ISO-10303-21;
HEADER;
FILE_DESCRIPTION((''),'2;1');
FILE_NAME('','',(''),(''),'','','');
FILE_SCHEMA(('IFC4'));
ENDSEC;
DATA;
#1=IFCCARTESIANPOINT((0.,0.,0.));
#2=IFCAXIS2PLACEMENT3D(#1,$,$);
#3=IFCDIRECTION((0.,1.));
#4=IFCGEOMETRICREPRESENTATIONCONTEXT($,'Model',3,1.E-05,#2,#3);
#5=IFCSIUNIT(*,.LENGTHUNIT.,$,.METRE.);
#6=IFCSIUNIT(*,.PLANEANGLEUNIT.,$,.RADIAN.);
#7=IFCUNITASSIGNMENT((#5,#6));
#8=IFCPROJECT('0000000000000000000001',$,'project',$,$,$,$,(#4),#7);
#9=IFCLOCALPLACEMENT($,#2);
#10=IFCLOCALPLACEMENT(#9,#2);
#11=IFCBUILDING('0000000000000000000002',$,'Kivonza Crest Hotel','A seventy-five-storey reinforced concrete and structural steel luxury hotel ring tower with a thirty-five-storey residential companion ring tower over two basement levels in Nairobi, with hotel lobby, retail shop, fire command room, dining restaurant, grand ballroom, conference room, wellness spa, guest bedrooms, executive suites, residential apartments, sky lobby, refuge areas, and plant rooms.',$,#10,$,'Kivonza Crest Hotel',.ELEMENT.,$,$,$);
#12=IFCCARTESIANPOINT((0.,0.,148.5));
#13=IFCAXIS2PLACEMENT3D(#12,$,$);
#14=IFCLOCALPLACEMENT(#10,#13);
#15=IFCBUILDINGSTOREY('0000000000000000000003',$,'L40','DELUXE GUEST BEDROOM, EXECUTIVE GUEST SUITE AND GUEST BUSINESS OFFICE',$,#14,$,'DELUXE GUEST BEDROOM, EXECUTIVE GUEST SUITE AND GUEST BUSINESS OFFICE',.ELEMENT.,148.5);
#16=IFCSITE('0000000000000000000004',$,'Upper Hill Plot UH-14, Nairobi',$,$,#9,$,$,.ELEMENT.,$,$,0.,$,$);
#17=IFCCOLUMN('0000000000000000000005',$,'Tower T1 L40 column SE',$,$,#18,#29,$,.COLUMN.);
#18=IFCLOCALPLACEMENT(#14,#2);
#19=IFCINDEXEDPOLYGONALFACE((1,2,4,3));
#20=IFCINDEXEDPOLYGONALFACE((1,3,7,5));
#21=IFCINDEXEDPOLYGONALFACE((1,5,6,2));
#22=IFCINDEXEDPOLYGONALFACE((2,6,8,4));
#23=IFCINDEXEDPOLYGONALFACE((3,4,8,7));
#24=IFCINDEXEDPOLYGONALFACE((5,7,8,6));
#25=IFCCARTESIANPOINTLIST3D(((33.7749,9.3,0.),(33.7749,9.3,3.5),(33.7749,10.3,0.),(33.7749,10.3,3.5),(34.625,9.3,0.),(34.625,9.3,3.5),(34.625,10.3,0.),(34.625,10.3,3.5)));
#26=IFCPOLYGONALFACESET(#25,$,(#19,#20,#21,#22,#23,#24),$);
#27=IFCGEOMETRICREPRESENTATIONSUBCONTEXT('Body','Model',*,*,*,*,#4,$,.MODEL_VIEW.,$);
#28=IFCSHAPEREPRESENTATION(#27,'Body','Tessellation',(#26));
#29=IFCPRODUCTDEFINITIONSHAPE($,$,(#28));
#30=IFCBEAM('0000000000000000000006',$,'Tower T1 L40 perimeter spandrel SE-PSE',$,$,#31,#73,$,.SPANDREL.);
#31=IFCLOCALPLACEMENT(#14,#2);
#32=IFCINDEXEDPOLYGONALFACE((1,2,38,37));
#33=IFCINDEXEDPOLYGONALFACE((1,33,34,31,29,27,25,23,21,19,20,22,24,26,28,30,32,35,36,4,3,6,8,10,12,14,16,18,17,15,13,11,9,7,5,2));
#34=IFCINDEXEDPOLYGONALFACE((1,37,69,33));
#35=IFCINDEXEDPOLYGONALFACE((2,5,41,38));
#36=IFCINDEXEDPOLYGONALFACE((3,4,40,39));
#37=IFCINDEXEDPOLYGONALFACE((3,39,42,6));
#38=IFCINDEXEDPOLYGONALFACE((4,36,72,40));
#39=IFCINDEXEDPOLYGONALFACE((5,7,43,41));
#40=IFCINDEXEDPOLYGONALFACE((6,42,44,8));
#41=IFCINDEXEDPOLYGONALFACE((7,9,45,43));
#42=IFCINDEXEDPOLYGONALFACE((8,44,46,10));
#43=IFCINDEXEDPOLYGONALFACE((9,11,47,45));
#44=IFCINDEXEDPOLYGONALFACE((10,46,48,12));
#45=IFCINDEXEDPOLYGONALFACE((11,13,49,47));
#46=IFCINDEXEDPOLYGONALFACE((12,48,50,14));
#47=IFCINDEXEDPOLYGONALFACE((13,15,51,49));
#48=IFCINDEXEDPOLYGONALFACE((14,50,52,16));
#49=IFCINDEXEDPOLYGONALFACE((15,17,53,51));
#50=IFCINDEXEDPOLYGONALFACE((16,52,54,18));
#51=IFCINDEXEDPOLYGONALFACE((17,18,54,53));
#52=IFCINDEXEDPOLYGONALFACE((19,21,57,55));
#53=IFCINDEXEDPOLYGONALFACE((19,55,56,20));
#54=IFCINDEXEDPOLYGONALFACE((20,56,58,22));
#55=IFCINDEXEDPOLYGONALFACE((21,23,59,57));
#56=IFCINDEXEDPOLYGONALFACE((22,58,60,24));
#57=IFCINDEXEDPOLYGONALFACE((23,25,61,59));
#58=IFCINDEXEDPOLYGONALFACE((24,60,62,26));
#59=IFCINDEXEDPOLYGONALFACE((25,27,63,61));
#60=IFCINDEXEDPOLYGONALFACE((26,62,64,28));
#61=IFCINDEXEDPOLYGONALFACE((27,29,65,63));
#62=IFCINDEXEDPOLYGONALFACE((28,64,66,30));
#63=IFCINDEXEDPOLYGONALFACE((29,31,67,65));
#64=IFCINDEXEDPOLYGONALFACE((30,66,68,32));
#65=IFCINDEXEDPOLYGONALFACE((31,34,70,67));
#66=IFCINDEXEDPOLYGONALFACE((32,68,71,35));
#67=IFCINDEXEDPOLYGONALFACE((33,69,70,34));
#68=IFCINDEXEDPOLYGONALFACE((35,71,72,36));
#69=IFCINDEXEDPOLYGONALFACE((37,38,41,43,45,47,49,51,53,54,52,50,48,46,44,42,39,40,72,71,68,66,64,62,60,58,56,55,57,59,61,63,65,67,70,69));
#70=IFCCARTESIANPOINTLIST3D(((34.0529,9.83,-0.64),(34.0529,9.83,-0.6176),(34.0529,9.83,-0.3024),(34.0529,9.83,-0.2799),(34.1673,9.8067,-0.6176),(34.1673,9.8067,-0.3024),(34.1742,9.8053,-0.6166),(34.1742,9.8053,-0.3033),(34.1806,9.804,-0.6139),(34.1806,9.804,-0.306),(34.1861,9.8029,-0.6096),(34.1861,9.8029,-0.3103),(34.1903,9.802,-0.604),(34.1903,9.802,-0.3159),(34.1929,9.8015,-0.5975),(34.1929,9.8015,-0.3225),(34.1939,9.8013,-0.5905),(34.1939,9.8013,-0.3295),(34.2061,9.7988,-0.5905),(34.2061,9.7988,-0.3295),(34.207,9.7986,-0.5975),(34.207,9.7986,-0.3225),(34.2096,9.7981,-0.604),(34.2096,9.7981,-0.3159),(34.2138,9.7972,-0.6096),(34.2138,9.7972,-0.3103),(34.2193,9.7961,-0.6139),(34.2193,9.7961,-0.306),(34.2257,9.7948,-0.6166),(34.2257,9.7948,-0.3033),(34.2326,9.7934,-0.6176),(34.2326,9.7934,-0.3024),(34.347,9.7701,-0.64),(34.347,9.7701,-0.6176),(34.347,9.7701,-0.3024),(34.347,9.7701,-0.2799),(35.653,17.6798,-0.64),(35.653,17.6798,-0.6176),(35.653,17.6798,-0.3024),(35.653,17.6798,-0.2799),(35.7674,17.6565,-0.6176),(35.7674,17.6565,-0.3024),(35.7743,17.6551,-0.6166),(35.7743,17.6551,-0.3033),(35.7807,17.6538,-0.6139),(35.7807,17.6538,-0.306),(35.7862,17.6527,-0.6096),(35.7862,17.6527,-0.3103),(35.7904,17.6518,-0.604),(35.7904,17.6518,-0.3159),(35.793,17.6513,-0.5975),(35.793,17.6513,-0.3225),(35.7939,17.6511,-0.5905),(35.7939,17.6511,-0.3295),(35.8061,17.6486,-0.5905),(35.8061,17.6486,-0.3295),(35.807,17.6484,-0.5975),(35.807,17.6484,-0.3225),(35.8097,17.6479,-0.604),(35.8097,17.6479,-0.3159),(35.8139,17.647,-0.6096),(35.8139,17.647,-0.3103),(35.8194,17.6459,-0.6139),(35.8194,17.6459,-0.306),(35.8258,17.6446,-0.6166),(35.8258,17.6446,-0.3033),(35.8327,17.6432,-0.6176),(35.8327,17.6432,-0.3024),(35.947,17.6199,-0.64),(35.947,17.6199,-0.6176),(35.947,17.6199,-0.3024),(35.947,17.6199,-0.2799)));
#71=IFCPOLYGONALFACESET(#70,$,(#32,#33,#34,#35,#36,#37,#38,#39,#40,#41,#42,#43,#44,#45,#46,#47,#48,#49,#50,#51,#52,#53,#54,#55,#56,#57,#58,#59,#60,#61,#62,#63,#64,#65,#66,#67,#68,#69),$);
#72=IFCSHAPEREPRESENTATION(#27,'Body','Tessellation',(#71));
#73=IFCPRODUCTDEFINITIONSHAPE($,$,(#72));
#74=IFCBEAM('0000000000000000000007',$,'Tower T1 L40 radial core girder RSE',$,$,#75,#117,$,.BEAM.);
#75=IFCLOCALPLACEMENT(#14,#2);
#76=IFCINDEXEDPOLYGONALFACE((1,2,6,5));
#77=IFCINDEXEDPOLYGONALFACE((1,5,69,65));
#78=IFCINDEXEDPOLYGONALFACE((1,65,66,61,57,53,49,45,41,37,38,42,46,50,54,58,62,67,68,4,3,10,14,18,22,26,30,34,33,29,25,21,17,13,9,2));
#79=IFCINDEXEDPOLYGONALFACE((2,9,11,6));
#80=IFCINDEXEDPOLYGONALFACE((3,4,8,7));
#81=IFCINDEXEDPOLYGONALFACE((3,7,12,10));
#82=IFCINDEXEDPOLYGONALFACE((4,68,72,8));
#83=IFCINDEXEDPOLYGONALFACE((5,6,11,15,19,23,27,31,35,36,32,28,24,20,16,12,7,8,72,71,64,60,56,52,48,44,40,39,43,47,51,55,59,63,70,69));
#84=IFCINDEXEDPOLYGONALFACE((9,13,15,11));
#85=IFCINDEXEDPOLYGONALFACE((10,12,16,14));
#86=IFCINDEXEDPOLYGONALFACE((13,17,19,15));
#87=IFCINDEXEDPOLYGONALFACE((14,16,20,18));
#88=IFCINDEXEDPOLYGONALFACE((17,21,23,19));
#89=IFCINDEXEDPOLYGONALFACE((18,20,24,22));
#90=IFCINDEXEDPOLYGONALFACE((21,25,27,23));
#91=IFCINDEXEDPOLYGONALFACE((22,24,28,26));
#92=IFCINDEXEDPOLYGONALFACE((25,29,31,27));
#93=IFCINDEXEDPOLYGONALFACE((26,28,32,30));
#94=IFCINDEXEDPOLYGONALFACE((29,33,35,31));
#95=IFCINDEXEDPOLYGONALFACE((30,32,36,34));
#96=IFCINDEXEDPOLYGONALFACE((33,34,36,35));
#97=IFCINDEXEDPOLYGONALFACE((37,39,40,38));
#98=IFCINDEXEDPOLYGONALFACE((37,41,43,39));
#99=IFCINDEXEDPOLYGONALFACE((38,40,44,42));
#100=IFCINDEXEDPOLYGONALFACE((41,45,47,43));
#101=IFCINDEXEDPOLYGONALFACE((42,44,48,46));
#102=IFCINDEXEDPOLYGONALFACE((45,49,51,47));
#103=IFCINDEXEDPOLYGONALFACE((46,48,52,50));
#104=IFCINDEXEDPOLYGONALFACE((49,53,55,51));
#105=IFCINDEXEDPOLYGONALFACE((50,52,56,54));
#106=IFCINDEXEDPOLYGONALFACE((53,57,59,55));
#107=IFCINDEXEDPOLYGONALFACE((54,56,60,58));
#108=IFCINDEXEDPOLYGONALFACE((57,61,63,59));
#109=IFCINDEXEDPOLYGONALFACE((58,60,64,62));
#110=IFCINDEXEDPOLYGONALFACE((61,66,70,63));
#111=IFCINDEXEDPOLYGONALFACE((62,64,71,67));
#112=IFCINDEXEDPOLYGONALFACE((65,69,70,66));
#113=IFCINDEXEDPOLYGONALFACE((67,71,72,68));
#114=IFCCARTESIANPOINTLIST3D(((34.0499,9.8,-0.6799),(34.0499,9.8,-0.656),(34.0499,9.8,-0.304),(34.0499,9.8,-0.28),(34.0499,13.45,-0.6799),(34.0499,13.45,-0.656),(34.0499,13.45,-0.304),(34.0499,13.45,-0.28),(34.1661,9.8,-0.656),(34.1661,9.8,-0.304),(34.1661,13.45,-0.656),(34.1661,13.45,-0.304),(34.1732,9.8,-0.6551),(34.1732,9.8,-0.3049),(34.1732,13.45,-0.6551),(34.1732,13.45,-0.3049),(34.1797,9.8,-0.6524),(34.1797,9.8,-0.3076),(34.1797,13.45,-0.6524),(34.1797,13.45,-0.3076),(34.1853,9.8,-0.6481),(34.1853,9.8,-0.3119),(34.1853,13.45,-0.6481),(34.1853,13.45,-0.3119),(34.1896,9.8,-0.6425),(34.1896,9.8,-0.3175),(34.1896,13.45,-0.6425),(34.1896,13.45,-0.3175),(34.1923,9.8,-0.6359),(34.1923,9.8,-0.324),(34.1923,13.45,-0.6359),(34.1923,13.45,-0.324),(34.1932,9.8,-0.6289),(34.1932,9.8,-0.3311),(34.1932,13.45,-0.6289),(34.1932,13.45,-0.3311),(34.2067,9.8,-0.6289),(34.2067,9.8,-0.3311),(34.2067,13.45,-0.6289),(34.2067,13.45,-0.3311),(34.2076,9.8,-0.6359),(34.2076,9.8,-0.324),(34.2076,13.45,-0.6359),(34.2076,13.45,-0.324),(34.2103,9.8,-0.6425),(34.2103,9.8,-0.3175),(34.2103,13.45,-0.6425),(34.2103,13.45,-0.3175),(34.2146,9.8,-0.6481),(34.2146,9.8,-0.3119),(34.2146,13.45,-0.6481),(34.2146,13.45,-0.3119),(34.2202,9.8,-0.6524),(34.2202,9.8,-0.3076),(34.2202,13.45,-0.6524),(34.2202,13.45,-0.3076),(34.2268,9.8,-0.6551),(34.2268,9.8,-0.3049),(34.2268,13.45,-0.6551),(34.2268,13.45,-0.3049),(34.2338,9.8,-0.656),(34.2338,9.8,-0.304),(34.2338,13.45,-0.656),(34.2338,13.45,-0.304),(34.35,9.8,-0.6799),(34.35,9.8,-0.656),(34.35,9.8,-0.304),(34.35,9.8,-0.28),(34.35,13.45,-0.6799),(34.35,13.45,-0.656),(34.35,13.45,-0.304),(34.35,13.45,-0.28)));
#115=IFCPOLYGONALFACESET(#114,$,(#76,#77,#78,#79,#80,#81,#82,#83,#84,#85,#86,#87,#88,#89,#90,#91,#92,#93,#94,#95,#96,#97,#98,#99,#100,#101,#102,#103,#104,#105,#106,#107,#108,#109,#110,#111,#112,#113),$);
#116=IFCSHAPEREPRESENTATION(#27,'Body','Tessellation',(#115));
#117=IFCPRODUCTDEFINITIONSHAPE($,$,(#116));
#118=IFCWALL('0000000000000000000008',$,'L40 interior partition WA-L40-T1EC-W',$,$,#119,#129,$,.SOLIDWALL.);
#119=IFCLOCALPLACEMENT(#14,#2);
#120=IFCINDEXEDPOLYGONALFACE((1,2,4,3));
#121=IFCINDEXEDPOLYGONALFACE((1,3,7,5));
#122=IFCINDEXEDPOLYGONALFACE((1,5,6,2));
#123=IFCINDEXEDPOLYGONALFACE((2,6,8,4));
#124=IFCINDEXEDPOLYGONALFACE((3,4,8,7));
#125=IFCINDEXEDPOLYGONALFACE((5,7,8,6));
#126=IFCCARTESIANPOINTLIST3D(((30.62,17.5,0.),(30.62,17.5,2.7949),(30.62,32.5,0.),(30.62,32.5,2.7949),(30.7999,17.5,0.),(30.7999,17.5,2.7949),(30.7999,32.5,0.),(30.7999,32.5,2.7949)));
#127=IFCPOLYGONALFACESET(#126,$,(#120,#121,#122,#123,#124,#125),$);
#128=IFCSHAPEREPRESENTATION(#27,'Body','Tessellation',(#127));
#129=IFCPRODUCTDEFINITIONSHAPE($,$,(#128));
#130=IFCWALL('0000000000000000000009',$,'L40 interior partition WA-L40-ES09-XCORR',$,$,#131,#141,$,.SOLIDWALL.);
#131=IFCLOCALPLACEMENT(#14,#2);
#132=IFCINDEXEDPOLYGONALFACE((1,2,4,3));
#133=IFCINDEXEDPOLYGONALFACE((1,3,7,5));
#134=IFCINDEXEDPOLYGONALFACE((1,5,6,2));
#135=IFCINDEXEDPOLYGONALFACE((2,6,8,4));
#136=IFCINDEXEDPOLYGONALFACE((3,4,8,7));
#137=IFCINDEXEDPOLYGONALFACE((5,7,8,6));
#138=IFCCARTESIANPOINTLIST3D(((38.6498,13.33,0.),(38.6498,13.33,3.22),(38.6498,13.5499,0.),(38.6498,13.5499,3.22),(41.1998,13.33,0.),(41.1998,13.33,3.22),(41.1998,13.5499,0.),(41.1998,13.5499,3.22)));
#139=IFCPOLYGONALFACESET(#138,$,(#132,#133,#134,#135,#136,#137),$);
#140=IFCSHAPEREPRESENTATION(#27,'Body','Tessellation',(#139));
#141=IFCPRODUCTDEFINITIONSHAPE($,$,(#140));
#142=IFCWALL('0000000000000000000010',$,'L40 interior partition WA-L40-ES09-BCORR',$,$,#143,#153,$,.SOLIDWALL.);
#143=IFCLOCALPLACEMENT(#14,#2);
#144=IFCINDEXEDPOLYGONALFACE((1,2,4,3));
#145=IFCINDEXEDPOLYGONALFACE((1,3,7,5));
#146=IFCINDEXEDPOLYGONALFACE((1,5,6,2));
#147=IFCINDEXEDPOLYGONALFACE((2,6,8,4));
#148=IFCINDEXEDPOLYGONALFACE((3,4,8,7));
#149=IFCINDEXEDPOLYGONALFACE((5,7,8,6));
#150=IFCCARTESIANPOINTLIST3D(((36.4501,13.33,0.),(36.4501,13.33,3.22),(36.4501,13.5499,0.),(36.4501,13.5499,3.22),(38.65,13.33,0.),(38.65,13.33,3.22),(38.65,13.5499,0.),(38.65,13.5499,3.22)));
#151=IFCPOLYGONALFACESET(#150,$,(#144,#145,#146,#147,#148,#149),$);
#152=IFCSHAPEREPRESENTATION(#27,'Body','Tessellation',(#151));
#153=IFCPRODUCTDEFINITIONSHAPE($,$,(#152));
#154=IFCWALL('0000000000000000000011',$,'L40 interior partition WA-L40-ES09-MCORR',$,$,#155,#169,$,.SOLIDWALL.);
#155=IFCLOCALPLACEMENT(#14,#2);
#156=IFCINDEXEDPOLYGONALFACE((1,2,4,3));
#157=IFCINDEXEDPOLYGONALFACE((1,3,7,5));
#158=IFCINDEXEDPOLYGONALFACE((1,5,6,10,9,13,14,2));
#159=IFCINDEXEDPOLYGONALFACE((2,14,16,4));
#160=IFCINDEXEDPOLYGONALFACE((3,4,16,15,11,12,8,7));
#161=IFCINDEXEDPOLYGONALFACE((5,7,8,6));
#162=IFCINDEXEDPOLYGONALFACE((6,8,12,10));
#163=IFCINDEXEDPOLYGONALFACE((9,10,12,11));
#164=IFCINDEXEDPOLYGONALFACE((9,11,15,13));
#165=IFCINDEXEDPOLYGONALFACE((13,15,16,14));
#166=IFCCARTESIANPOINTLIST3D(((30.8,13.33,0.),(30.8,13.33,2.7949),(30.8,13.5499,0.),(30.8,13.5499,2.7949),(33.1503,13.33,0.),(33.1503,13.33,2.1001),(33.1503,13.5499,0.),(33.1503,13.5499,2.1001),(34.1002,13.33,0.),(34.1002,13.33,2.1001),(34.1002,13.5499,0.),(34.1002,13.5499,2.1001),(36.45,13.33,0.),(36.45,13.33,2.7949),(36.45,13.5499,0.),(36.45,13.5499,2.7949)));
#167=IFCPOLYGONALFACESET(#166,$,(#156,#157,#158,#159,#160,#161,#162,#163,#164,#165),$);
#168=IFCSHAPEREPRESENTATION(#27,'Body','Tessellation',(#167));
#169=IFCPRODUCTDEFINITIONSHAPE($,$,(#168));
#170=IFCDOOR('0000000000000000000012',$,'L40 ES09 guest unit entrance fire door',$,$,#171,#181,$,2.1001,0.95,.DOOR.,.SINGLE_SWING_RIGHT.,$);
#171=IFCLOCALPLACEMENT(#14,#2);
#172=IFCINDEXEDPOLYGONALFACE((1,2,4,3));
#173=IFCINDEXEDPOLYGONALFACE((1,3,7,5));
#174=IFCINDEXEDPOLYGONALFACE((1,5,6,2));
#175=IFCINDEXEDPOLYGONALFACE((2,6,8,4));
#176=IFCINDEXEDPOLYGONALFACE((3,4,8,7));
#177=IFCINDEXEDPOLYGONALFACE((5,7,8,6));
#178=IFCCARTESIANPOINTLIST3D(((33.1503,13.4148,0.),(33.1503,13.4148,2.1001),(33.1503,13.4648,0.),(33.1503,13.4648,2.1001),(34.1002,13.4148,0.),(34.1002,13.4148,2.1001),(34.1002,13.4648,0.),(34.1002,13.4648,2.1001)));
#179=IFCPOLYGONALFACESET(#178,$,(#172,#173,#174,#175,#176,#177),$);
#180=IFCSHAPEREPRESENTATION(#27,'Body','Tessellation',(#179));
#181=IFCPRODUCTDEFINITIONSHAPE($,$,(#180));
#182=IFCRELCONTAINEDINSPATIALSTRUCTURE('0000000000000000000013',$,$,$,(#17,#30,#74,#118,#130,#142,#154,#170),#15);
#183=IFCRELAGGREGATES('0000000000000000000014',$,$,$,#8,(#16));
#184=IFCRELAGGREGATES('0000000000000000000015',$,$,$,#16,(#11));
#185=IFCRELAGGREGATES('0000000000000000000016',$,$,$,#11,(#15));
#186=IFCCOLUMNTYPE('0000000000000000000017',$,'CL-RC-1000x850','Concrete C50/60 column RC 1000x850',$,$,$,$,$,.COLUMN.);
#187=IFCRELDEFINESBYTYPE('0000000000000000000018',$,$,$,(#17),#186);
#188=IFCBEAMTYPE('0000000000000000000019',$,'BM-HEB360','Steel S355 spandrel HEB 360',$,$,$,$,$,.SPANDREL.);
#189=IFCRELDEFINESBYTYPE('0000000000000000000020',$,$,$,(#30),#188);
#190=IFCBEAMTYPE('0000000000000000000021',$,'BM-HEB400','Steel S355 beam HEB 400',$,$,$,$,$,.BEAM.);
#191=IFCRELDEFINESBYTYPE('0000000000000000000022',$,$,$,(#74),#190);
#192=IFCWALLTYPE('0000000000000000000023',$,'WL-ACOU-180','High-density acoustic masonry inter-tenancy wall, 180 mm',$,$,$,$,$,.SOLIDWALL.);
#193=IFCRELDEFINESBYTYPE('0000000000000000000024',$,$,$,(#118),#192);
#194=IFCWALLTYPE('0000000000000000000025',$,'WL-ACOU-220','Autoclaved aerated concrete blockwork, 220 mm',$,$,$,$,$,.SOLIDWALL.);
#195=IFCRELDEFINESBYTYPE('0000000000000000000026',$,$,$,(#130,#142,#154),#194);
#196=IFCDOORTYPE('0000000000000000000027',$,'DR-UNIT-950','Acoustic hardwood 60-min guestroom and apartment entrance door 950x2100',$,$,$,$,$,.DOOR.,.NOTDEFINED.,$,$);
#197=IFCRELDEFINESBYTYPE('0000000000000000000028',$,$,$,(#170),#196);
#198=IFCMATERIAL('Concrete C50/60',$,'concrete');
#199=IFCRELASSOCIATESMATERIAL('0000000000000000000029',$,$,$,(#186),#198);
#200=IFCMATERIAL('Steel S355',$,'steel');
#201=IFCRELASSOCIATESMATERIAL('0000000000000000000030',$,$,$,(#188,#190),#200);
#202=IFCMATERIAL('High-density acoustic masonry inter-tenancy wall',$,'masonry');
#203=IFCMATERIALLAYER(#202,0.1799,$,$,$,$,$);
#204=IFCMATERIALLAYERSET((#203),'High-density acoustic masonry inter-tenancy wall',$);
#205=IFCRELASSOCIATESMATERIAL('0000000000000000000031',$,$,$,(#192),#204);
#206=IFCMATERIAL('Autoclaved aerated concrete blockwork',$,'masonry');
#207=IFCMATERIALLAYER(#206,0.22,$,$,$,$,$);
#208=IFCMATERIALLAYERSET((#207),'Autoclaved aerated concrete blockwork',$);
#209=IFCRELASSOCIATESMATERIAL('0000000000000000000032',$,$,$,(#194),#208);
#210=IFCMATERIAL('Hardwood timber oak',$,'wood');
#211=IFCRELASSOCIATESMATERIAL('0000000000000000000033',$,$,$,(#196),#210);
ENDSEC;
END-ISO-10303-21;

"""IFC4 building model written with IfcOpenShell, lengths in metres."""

from ifc_helpers import new_model, si_unit, direction, frame, frame_2d, origin, origin_2d, place, context, subcontext, project, spatial, rectangle, i_section, extrude, material, layer, layer_set, material_profile, profile_set, type_object, element, fill, save


model = new_model("IFC4")

# Units and contexts
model_context = context("Model", 3, precision=1e-05, world=origin(), true_north=direction((0.0, 1.0)))
body_context = subcontext(model_context, "Body", "Model", "MODEL_VIEW")
ifc_project = project(units=[si_unit("LENGTHUNIT", "METRE"), si_unit("PLANEANGLEUNIT", "RADIAN")], contexts=[model_context])

# Site, building, storey
site_placement = place(None, origin())
site = spatial("IfcSite", under=ifc_project, at=site_placement, Name="Upper Hill Plot UH-14, Nairobi", CompositionType="ELEMENT", RefElevation=0.0)
building_placement = place(site_placement, origin())
building = spatial("IfcBuilding", under=site, at=building_placement, Name="Kivonza Crest Hotel", Description="A seventy-five-storey reinforced concrete and structural steel luxury hotel ring tower with a thirty-five-storey residential companion ring tower over two basement levels in Nairobi, with hotel lobby, retail shop, fire command room, dining restaurant, grand ballroom, conference room, wellness spa, guest bedrooms, executive suites, residential apartments, sky lobby, refuge areas, and plant rooms.", LongName="Kivonza Crest Hotel", CompositionType="ELEMENT")
storey_placement = place(building_placement, frame((0.0, 0.0, 148.5)))
storey = spatial("IfcBuildingStorey", under=building, at=storey_placement, Name="L40", Description="DELUXE GUEST BEDROOM, EXECUTIVE GUEST SUITE AND GUEST BUSINESS OFFICE", LongName="DELUXE GUEST BEDROOM, EXECUTIVE GUEST SUITE AND GUEST BUSINESS OFFICE", CompositionType="ELEMENT", Elevation=148.5)

# Column
ifc_material_1 = material(Name="Concrete C50/60", Category="concrete")
ifc_material_profile_1 = material_profile(ifc_material_1, rectangle(XDim=0.8501, YDim=1.0, at=origin_2d()), Name="RC 1000x850")
ifc_profile_set_1 = profile_set([ifc_material_profile_1], Name="Concrete C50/60")
column_type = type_object("IfcColumnType", Name="CL-RC-1000x850", Description="Concrete C50/60 column RC 1000x850", PredefinedType="COLUMN", material=ifc_profile_set_1)
column_placement = place(storey_placement, frame((34.2, 9.8, 0.0), z_axis=(0.0, 0.0, 1.0), x_axis=(1.0, 0.0, 0.0)))
element("IfcColumn", 1, at=column_placement, inside=storey, type_object=column_type, Name="Tower T1 L40 column SE", PredefinedType="COLUMN", context=body_context, shape_type="SweptSolid", body=[
    extrude(rectangle(XDim=0.8501, YDim=1.0, at=origin_2d()), origin(), (0.0, 0.0, 1.0), 3.5),
])

# Beams
ifc_material_2 = material(Name="Steel S355", Category="steel")
ifc_material_profile_2 = material_profile(ifc_material_2, i_section(OverallWidth=0.3, OverallDepth=0.3601, WebThickness=0.0125, FlangeThickness=0.0225, FilletRadius=0.0271, at=origin_2d()), Name="HEB 360")
ifc_profile_set_2 = profile_set([ifc_material_profile_2], Name="Steel S355")
beam_type_1 = type_object("IfcBeamType", Name="BM-HEB360", Description="Steel S355 spandrel HEB 360", PredefinedType="SPANDREL", material=ifc_profile_set_2)
beam_1_placement = place(storey_placement, frame((34.2, 9.8, -0.46), z_axis=(0.199731, 0.979851, 0.0), x_axis=(-0.979851, 0.199731, 0.0)))
element("IfcBeam", 2, at=beam_1_placement, inside=storey, type_object=beam_type_1, Name="Tower T1 L40 perimeter spandrel SE-PSE", PredefinedType="SPANDREL", context=body_context, shape_type="SweptSolid", body=[
    extrude(i_section(OverallWidth=0.3, OverallDepth=0.3601, WebThickness=0.0125, FlangeThickness=0.0225, FilletRadius=0.0271, at=origin_2d()), origin(), (0.0, 0.0, 1.0), 8.0112),
])
ifc_material_profile_3 = material_profile(ifc_material_2, i_section(OverallWidth=0.3, OverallDepth=0.3999, WebThickness=0.0134, FlangeThickness=0.0239, FilletRadius=0.0271, at=origin_2d()), Name="HEB 400")
ifc_profile_set_3 = profile_set([ifc_material_profile_3], Name="Steel S355")
beam_type_2 = type_object("IfcBeamType", Name="BM-HEB400", Description="Steel S355 beam HEB 400", PredefinedType="BEAM", material=ifc_profile_set_3)
beam_2_placement = place(storey_placement, frame((34.2, 9.8, -0.48), z_axis=(0.0, 1.0, 0.0), x_axis=(-1.0, 0.0, 0.0)))
element("IfcBeam", 3, at=beam_2_placement, inside=storey, type_object=beam_type_2, Name="Tower T1 L40 radial core girder RSE", PredefinedType="BEAM", context=body_context, shape_type="SweptSolid", body=[
    extrude(i_section(OverallWidth=0.3, OverallDepth=0.3999, WebThickness=0.0134, FlangeThickness=0.0239, FilletRadius=0.0271, at=origin_2d()), origin(), (0.0, 0.0, 1.0), 3.6499),
])

# Walls
ifc_material_3 = material(Name="High-density acoustic masonry inter-tenancy wall", Category="masonry")
ifc_layer_1 = layer(ifc_material_3, 0.1799)
ifc_layer_set_1 = layer_set([ifc_layer_1], Name="High-density acoustic masonry inter-tenancy wall")
wall_type_1 = type_object("IfcWallType", Name="WL-ACOU-180", Description="High-density acoustic masonry inter-tenancy wall, 180 mm", PredefinedType="SOLIDWALL", material=ifc_layer_set_1)
wall_1_placement = place(storey_placement, frame((30.71, 17.5, 0.0), z_axis=(0.0, 0.0, 1.0), x_axis=(0.0, 1.0, 0.0)))
element("IfcWall", 4, at=wall_1_placement, inside=storey, type_object=wall_type_1, Name="L40 interior partition WA-L40-T1EC-W", PredefinedType="SOLIDWALL", context=body_context, shape_type="SweptSolid", body=[
    extrude(rectangle(XDim=15.0, YDim=0.1799, at=frame_2d((7.5, 0.0))), origin(), (0.0, 0.0, 1.0), 2.7949),
])
ifc_material_4 = material(Name="Autoclaved aerated concrete blockwork", Category="masonry")
ifc_layer_2 = layer(ifc_material_4, 0.22)
ifc_layer_set_2 = layer_set([ifc_layer_2], Name="Autoclaved aerated concrete blockwork")
wall_type_2 = type_object("IfcWallType", Name="WL-ACOU-220", Description="Autoclaved aerated concrete blockwork, 220 mm", PredefinedType="SOLIDWALL", material=ifc_layer_set_2)
wall_2_placement = place(storey_placement, frame((38.6499, 13.4399, 0.0), z_axis=(0.0, 0.0, 1.0), x_axis=(1.0, 0.0, 0.0)))
element("IfcWall", 5, at=wall_2_placement, inside=storey, type_object=wall_type_2, Name="L40 interior partition WA-L40-ES09-XCORR", PredefinedType="SOLIDWALL", context=body_context, shape_type="SweptSolid", body=[
    extrude(rectangle(XDim=2.55, YDim=0.22, at=frame_2d((1.2749, 0.0))), origin(), (0.0, 0.0, 1.0), 3.22),
])
wall_3_placement = place(storey_placement, frame((36.45, 13.4399, 0.0), z_axis=(0.0, 0.0, 1.0), x_axis=(1.0, 0.0, 0.0)))
element("IfcWall", 6, at=wall_3_placement, inside=storey, type_object=wall_type_2, Name="L40 interior partition WA-L40-ES09-BCORR", PredefinedType="SOLIDWALL", context=body_context, shape_type="SweptSolid", body=[
    extrude(rectangle(XDim=2.2, YDim=0.22, at=frame_2d((1.1001, 0.0))), origin(), (0.0, 0.0, 1.0), 3.22),
])

# Wall, opening, door
wall_4_placement = place(storey_placement, frame((30.8, 13.4399, 0.0), z_axis=(0.0, 0.0, 1.0), x_axis=(1.0, 0.0, 0.0)))
wall_4 = element("IfcWall", 7, at=wall_4_placement, inside=storey, type_object=wall_type_2, Name="L40 interior partition WA-L40-ES09-MCORR", PredefinedType="SOLIDWALL", context=body_context, shape_type="SweptSolid", body=[
    extrude(rectangle(XDim=5.6499, YDim=0.22, at=frame_2d((2.825, 0.0))), origin(), (0.0, 0.0, 1.0), 2.7949),
])
opening_1_placement = place(wall_4_placement, frame((2.3501, 0.0, 0.0)))
opening_1 = element("IfcOpeningElement", 8, at=opening_1_placement, cuts=wall_4, PredefinedType="OPENING", context=body_context, shape_type="SweptSolid", body=[
    extrude(rectangle(XDim=0.95, YDim=2.1001, at=frame_2d((0.4751, 1.05))), frame((0.0, 0.1201, 0.0), z_axis=(0.0, -1.0, 0.0), x_axis=(1.0, 0.0, 0.0)), (0.0, 0.0, 1.0), 0.24),
])
ifc_material_5 = material(Name="Hardwood timber oak", Category="wood")
door_type_1 = type_object("IfcDoorType", Name="DR-UNIT-950", Description="Acoustic hardwood 60-min guestroom and apartment entrance door 950x2100", OperationType="NOTDEFINED", PredefinedType="DOOR", material=ifc_material_5)
door_1_placement = place(opening_1_placement, origin())
door_1 = element("IfcDoor", 9, at=door_1_placement, inside=storey, type_object=door_type_1, Name="L40 ES09 guest unit entrance fire door", OperationType="SINGLE_SWING_RIGHT", OverallHeight=2.1001, OverallWidth=0.95, PredefinedType="DOOR", context=body_context, shape_type="SweptSolid", body=[
    extrude(rectangle(XDim=0.95, YDim=2.1001, at=frame_2d((0.4751, 1.05))), frame((0.0, 0.0249, 0.0), z_axis=(0.0, -1.0, 0.0), x_axis=(1.0, 0.0, 0.0)), (0.0, 0.0, 1.0), 0.05),
])
fill(opening_1, door_1)

save(model, "model.ifc")
